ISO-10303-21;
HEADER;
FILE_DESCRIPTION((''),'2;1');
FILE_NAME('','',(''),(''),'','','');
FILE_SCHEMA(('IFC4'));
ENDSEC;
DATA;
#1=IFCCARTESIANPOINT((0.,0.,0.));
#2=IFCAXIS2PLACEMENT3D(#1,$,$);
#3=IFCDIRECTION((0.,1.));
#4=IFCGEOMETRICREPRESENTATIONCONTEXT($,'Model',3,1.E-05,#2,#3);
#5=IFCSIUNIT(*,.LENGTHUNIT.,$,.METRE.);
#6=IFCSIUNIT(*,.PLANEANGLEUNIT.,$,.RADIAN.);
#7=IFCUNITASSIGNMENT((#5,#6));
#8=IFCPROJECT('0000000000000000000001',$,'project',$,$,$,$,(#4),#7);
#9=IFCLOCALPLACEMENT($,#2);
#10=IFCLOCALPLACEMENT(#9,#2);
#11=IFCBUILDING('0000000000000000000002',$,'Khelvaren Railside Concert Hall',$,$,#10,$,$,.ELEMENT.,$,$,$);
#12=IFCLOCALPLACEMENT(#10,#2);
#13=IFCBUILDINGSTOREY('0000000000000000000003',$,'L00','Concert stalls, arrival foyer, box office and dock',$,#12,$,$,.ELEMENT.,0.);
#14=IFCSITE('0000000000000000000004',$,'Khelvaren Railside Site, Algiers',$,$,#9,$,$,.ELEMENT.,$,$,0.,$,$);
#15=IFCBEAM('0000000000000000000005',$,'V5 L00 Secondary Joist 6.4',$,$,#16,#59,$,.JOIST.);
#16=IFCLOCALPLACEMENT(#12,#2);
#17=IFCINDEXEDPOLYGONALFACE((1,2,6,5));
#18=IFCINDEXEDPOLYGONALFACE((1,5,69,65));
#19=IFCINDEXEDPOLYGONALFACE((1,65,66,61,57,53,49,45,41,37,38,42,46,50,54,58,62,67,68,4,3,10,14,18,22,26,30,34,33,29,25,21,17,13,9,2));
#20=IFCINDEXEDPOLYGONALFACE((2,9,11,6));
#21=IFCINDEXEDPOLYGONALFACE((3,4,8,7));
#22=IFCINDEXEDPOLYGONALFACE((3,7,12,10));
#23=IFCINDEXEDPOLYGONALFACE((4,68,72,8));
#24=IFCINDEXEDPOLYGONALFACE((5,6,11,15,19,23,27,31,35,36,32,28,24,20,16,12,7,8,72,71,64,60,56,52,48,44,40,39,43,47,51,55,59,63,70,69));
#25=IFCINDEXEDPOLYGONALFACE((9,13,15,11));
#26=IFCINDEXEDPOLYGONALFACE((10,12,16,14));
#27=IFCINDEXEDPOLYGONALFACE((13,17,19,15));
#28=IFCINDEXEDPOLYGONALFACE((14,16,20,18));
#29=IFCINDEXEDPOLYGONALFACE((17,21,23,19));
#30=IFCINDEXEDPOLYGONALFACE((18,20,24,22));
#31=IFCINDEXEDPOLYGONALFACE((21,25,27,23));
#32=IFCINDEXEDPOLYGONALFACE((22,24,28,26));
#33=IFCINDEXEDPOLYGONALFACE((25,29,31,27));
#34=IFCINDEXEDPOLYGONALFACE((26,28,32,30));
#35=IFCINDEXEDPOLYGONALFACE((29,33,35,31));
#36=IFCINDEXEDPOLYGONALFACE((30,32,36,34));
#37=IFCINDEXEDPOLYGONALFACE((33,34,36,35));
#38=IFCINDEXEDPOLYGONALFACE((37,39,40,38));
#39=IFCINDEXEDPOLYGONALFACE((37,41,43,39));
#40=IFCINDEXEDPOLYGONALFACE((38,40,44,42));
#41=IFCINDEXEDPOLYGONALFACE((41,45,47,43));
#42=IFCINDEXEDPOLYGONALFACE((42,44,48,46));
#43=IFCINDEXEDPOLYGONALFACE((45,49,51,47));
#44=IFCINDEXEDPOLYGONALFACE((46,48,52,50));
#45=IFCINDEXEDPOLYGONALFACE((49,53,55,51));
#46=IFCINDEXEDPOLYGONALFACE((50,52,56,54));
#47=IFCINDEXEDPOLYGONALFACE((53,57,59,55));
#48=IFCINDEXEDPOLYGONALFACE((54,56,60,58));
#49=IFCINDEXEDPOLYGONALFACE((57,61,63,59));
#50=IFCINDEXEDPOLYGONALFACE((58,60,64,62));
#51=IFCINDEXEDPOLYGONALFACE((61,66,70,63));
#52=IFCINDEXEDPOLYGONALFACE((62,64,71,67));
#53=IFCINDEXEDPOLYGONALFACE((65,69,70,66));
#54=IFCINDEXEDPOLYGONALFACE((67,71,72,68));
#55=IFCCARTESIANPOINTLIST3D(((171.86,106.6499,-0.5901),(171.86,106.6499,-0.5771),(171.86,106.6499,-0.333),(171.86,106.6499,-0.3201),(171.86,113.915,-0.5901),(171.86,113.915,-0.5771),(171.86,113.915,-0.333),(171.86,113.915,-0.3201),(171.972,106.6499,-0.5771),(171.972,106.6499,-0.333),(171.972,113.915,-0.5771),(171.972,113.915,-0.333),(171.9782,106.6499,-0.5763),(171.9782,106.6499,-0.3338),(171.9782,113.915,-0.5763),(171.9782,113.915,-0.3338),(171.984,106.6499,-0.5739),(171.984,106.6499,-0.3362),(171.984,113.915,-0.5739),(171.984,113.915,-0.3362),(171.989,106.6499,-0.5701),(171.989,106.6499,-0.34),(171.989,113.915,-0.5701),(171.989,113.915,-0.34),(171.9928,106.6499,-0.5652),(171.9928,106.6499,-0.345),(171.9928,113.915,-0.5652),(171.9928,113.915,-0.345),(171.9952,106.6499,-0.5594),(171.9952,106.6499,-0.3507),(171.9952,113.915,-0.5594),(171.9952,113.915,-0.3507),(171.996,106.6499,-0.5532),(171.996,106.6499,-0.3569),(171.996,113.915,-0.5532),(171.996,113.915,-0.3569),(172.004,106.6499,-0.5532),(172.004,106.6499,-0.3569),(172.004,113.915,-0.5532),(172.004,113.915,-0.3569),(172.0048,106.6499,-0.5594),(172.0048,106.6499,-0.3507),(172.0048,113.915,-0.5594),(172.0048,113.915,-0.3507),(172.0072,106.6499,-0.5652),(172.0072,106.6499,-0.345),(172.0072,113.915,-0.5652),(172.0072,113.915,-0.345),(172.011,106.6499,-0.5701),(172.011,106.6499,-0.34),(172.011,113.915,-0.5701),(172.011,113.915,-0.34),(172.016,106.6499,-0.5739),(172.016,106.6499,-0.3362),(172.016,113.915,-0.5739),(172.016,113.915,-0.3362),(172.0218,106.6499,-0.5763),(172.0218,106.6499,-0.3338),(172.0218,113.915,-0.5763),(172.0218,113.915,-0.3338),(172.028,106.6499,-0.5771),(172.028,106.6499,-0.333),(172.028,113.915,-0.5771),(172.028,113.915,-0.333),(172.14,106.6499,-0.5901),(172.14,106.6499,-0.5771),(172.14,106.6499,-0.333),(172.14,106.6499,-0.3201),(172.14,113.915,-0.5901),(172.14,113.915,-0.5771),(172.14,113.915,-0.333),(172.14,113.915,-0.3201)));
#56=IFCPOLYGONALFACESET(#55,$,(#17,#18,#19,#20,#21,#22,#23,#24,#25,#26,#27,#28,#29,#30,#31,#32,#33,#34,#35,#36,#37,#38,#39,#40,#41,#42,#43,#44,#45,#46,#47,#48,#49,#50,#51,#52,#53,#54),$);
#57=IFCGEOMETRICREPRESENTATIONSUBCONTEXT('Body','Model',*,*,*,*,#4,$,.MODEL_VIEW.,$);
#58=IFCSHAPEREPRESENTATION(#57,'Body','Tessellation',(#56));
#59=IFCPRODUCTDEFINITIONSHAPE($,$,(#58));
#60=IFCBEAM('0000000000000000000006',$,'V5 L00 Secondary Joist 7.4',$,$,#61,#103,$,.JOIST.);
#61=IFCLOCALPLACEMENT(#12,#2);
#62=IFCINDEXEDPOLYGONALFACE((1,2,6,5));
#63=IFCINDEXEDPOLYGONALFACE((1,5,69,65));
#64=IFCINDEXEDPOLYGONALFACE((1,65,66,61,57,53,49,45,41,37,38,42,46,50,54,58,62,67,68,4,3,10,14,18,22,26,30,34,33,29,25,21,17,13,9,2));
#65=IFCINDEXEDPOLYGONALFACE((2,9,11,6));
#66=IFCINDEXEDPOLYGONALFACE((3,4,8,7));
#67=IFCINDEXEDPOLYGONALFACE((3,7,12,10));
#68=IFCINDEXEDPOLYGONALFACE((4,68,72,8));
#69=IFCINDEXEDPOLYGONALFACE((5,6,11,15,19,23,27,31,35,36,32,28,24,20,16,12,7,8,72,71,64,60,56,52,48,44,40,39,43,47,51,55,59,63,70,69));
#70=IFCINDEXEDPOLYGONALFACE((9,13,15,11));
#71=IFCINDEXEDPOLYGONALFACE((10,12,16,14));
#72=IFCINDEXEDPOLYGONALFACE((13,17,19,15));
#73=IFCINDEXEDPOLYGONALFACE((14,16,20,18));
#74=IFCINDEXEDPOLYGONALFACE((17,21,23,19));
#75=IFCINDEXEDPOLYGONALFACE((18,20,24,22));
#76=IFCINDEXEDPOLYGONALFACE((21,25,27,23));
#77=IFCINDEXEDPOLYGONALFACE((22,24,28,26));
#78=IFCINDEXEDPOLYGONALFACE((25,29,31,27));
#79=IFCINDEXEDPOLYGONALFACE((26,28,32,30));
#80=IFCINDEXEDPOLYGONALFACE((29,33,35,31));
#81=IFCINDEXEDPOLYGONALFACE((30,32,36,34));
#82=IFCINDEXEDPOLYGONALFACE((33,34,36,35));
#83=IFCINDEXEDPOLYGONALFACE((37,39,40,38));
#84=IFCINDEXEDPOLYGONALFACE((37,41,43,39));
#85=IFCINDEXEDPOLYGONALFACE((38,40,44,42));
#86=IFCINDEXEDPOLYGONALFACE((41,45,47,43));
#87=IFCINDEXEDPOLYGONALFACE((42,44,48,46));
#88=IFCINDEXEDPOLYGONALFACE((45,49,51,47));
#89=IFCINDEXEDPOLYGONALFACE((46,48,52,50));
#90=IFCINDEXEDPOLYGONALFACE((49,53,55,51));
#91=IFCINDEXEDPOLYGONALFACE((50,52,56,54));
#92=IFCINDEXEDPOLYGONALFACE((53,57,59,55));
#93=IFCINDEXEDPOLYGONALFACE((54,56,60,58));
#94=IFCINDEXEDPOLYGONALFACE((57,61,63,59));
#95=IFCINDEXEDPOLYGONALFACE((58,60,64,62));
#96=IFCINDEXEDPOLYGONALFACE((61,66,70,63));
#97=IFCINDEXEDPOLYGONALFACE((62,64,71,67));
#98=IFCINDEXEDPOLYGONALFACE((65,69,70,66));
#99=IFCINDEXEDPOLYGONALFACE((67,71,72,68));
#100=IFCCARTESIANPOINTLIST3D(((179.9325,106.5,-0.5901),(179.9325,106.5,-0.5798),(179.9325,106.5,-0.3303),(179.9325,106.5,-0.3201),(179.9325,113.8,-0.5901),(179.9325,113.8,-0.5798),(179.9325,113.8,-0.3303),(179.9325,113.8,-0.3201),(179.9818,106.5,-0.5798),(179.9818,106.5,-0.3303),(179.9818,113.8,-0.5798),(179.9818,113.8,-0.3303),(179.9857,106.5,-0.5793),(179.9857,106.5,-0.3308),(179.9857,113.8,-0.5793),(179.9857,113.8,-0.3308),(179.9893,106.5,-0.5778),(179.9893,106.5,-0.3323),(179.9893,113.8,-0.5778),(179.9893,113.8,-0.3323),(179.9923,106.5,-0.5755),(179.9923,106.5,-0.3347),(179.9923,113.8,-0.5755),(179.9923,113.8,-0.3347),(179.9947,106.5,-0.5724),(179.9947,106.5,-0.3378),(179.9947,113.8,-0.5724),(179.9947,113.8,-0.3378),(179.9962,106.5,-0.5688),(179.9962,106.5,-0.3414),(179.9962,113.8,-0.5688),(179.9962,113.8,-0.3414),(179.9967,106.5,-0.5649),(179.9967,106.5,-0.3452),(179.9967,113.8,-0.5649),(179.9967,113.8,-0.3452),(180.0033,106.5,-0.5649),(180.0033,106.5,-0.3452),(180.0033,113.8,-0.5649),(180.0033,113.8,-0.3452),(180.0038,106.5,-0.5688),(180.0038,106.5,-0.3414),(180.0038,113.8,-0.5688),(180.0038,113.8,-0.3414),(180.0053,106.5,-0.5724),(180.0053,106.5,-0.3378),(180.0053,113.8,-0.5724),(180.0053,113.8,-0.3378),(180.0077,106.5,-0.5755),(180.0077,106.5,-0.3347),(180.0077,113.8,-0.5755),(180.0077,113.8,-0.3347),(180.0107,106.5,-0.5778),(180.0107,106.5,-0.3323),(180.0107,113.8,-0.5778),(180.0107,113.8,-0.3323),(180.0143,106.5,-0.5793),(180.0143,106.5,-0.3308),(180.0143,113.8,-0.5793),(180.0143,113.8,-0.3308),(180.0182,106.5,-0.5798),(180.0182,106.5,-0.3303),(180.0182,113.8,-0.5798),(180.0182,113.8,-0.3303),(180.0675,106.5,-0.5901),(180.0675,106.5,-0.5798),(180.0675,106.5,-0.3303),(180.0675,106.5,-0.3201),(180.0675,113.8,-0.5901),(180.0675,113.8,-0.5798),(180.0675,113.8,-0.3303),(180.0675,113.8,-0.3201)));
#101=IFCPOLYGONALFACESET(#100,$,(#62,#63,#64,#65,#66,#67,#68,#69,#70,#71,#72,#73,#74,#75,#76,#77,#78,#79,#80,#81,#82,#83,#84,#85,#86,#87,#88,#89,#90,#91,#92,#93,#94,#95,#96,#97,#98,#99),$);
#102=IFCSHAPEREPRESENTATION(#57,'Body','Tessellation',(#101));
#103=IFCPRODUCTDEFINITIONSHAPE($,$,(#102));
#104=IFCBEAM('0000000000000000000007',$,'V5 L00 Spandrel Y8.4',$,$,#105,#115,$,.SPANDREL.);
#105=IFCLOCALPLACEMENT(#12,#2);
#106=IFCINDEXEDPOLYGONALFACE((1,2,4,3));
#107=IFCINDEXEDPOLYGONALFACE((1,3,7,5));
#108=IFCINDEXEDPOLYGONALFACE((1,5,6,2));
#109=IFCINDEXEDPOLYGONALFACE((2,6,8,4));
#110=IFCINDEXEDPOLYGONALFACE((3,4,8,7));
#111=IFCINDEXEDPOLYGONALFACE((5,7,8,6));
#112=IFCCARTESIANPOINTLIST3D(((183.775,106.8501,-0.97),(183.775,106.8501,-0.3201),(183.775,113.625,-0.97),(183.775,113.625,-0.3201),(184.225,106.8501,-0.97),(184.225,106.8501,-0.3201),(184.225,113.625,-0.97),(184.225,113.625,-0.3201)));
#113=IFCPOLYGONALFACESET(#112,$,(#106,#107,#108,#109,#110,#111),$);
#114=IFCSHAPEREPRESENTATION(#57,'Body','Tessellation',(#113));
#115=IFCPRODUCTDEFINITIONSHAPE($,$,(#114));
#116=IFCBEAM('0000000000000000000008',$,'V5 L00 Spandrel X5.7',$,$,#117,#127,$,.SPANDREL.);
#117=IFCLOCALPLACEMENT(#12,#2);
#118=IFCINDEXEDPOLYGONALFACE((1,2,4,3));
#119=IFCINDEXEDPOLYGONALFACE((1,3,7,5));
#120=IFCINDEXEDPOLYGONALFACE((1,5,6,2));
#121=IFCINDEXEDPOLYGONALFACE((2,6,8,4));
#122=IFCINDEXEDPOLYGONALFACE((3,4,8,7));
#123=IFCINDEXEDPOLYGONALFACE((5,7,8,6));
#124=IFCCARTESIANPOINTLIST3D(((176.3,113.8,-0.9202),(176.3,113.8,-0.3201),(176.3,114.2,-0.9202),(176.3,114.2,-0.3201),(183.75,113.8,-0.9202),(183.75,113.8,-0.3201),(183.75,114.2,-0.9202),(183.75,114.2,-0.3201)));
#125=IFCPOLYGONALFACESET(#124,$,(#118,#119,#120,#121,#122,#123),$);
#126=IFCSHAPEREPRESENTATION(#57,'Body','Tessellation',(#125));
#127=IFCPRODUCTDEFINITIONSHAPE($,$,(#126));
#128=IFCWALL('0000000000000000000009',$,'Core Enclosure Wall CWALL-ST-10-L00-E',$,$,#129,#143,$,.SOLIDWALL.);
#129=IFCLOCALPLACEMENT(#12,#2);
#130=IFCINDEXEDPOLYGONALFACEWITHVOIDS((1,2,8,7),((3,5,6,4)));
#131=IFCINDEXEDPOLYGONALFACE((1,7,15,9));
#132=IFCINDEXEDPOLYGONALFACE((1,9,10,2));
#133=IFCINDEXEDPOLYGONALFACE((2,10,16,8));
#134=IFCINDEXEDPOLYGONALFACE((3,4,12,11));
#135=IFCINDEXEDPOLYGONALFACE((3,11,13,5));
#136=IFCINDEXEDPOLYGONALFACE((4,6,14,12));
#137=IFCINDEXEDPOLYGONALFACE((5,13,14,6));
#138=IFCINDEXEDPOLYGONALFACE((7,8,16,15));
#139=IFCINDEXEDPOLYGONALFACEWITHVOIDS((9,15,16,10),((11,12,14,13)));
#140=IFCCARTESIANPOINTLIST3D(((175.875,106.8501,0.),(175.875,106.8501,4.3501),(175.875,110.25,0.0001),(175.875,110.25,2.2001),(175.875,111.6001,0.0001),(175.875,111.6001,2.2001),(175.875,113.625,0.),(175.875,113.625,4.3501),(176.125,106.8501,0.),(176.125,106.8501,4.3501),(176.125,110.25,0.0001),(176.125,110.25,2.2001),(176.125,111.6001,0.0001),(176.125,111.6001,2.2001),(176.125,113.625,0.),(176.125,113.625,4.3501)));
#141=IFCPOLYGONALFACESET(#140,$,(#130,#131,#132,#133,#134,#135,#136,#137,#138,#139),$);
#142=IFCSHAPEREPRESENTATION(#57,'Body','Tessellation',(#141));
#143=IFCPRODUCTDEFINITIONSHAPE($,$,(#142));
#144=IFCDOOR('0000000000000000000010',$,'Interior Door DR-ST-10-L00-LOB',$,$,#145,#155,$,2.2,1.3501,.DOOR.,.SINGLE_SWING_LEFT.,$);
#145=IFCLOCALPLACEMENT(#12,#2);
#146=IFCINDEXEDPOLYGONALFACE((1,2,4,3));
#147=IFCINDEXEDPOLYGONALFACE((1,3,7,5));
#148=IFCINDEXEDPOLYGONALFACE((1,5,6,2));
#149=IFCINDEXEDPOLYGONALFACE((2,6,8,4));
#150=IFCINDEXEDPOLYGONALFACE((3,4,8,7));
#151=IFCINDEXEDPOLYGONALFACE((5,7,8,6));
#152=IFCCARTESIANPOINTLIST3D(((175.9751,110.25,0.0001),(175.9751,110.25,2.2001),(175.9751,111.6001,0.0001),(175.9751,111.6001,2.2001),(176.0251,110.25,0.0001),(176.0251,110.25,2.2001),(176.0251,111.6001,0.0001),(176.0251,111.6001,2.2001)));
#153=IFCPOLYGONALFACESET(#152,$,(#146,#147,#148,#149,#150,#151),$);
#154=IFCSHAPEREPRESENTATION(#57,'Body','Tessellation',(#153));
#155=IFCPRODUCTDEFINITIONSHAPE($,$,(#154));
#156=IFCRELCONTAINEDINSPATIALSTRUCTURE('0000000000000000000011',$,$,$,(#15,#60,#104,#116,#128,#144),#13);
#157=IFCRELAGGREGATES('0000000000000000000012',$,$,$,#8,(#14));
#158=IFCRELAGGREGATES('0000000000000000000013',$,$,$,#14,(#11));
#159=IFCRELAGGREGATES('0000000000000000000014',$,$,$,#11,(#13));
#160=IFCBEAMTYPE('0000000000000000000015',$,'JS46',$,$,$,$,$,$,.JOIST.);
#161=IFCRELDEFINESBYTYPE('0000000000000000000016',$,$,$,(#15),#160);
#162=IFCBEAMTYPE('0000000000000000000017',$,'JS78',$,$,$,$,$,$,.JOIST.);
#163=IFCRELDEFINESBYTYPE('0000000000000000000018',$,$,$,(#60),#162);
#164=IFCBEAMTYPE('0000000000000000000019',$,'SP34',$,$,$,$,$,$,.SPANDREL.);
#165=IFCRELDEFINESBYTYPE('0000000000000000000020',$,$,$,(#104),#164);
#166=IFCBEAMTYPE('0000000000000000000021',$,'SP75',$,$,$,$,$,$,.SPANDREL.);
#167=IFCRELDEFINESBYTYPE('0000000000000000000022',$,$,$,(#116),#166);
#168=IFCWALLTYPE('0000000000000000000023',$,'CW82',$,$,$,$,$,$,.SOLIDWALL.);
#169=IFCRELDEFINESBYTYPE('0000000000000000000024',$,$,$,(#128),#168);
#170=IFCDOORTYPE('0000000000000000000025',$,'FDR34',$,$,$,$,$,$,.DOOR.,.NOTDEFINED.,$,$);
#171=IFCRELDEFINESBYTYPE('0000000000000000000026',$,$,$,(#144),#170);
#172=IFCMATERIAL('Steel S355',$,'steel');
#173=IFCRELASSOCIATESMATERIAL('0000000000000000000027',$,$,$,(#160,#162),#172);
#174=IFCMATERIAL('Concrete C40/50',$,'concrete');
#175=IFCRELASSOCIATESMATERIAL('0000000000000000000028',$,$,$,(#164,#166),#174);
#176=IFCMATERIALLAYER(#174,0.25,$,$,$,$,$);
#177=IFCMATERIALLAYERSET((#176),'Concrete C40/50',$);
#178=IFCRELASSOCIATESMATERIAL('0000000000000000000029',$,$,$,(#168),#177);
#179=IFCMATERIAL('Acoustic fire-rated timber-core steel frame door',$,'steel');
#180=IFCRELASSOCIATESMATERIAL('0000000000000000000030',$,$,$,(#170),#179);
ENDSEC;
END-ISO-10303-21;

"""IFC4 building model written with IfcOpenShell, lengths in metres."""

from ifc_helpers import new_model, si_unit, direction, frame, frame_2d, origin, origin_2d, place, context, subcontext, project, spatial, rectangle, i_section, extrude, material, layer, layer_set, material_profile, profile_set, type_object, element, fill, save


model = new_model("IFC4")

# Units and contexts
model_context = context("Model", 3, precision=1e-05, world=origin(), true_north=direction((0.0, 1.0)))
body_context = subcontext(model_context, "Body", "Model", "MODEL_VIEW")
ifc_project = project(units=[si_unit("LENGTHUNIT", "METRE"), si_unit("PLANEANGLEUNIT", "RADIAN")], contexts=[model_context])

# Site, building, storey
site_placement = place(None, origin())
site = spatial("IfcSite", under=ifc_project, at=site_placement, Name="Khelvaren Railside Site, Algiers", CompositionType="ELEMENT", RefElevation=0.0)
building_placement = place(site_placement, origin())
building = spatial("IfcBuilding", under=site, at=building_placement, Name="Khelvaren Railside Concert Hall", CompositionType="ELEMENT")
storey_placement = place(building_placement, origin())
storey = spatial("IfcBuildingStorey", under=building, at=storey_placement, Name="L00", Description="Concert stalls, arrival foyer, box office and dock", CompositionType="ELEMENT", Elevation=0.0)

# Beams
ifc_material_1 = material(Name="Steel S355", Category="steel")
ifc_material_profile_1 = material_profile(ifc_material_1, i_section(OverallWidth=0.28, OverallDepth=0.27, WebThickness=0.0081, FlangeThickness=0.0129, FilletRadius=0.0239, at=origin_2d()), Name="HEA 280")
ifc_profile_set_1 = profile_set([ifc_material_profile_1], Name="Steel S355")
beam_type_1 = type_object("IfcBeamType", Name="JS46", PredefinedType="JOIST", material=ifc_profile_set_1)
beam_1_placement = place(storey_placement, frame((172.0, 106.6499, -0.4551), z_axis=(0.0, 1.0, 0.0), x_axis=(-1.0, 0.0, 0.0)))
element("IfcBeam", 1, at=beam_1_placement, inside=storey, type_object=beam_type_1, Name="V5 L00 Secondary Joist 6.4", PredefinedType="JOIST", context=body_context, shape_type="SweptSolid", body=[
    extrude(i_section(OverallWidth=0.28, OverallDepth=0.27, WebThickness=0.0081, FlangeThickness=0.0129, FilletRadius=0.0239, at=origin_2d()), origin(), (0.0, 0.0, 1.0), 7.2651),
])
ifc_material_profile_2 = material_profile(ifc_material_1, i_section(OverallWidth=0.135, OverallDepth=0.27, WebThickness=0.0066, FlangeThickness=0.0103, FilletRadius=0.0149, at=origin_2d()), Name="IPE 270")
ifc_profile_set_2 = profile_set([ifc_material_profile_2], Name="Steel S355")
beam_type_2 = type_object("IfcBeamType", Name="JS78", PredefinedType="JOIST", material=ifc_profile_set_2)
beam_2_placement = place(storey_placement, frame((180.0, 106.5, -0.4551), z_axis=(0.0, 1.0, 0.0), x_axis=(-1.0, 0.0, 0.0)))
element("IfcBeam", 2, at=beam_2_placement, inside=storey, type_object=beam_type_2, Name="V5 L00 Secondary Joist 7.4", PredefinedType="JOIST", context=body_context, shape_type="SweptSolid", body=[
    extrude(i_section(OverallWidth=0.135, OverallDepth=0.27, WebThickness=0.0066, FlangeThickness=0.0103, FilletRadius=0.0149, at=origin_2d()), origin(), (0.0, 0.0, 1.0), 7.3),
])
ifc_material_2 = material(Name="Concrete C40/50", Category="concrete")
ifc_material_profile_3 = material_profile(ifc_material_2, rectangle(XDim=0.45, YDim=0.6499, at=origin_2d()), Name="RCB 450x650")
ifc_profile_set_3 = profile_set([ifc_material_profile_3], Name="Concrete C40/50")
beam_type_3 = type_object("IfcBeamType", Name="SP34", PredefinedType="SPANDREL", material=ifc_profile_set_3)
beam_3_placement = place(storey_placement, frame((184.0, 106.8501, -0.645), z_axis=(0.0, 1.0, 0.0), x_axis=(-1.0, 0.0, 0.0)))
element("IfcBeam", 3, at=beam_3_placement, inside=storey, type_object=beam_type_3, Name="V5 L00 Spandrel Y8.4", PredefinedType="SPANDREL", context=body_context, shape_type="SweptSolid", body=[
    extrude(rectangle(XDim=0.45, YDim=0.6499, at=origin_2d()), origin(), (0.0, 0.0, 1.0), 6.7749),
])
ifc_material_profile_4 = material_profile(ifc_material_2, rectangle(XDim=0.3999, YDim=0.6001, at=origin_2d()), Name="RCB 400x600")
ifc_profile_set_4 = profile_set([ifc_material_profile_4], Name="Concrete C40/50")
beam_type_4 = type_object("IfcBeamType", Name="SP75", PredefinedType="SPANDREL", material=ifc_profile_set_4)
beam_4_placement = place(storey_placement, frame((176.3, 114.0, -0.6201), z_axis=(1.0, 0.0, 0.0), x_axis=(0.0, 1.0, 0.0)))
element("IfcBeam", 4, at=beam_4_placement, inside=storey, type_object=beam_type_4, Name="V5 L00 Spandrel X5.7", PredefinedType="SPANDREL", context=body_context, shape_type="SweptSolid", body=[
    extrude(rectangle(XDim=0.3999, YDim=0.6001, at=origin_2d()), origin(), (0.0, 0.0, 1.0), 7.45),
])

# Wall, opening, door
ifc_layer_1 = layer(ifc_material_2, 0.25)
ifc_layer_set_1 = layer_set([ifc_layer_1], Name="Concrete C40/50")
wall_type_1 = type_object("IfcWallType", Name="CW82", PredefinedType="SOLIDWALL", material=ifc_layer_set_1)
wall_1_placement = place(storey_placement, frame((176.0, 106.8501, 0.0), z_axis=(0.0, 0.0, 1.0), x_axis=(0.0, 1.0, 0.0)))
wall_1 = element("IfcWall", 5, at=wall_1_placement, inside=storey, type_object=wall_type_1, Name="Core Enclosure Wall CWALL-ST-10-L00-E", PredefinedType="SOLIDWALL", context=body_context, shape_type="SweptSolid", body=[
    extrude(rectangle(XDim=6.7749, YDim=0.25, at=frame_2d((3.3875, 0.0))), origin(), (0.0, 0.0, 1.0), 4.3501),
])
opening_1_placement = place(wall_1_placement, frame((3.3999, 0.0, 0.0)))
opening_1 = element("IfcOpeningElement", 6, at=opening_1_placement, cuts=wall_1, PredefinedType="OPENING", context=body_context, shape_type="SweptSolid", body=[
    extrude(rectangle(XDim=1.3501, YDim=2.2, at=frame_2d((0.675, 1.1001))), frame((0.0, 0.135, 0.0), z_axis=(0.0, -1.0, 0.0), x_axis=(1.0, 0.0, 0.0)), (0.0, 0.0, 1.0), 0.27),
])
ifc_material_3 = material(Name="Acoustic fire-rated timber-core steel frame door", Category="steel")
door_type_1 = type_object("IfcDoorType", Name="FDR34", OperationType="NOTDEFINED", PredefinedType="DOOR", material=ifc_material_3)
door_1_placement = place(opening_1_placement, origin())
door_1 = element("IfcDoor", 7, at=door_1_placement, inside=storey, type_object=door_type_1, Name="Interior Door DR-ST-10-L00-LOB", OperationType="SINGLE_SWING_LEFT", OverallHeight=2.2, OverallWidth=1.3501, PredefinedType="DOOR", context=body_context, shape_type="SweptSolid", body=[
    extrude(rectangle(XDim=1.3501, YDim=2.2, at=frame_2d((0.675, 1.1001))), frame((0.0, 0.0249, 0.0), z_axis=(0.0, -1.0, 0.0), x_axis=(1.0, 0.0, 0.0)), (0.0, 0.0, 1.0), 0.05),
])
fill(opening_1, door_1)

save(model, "model.ifc")
